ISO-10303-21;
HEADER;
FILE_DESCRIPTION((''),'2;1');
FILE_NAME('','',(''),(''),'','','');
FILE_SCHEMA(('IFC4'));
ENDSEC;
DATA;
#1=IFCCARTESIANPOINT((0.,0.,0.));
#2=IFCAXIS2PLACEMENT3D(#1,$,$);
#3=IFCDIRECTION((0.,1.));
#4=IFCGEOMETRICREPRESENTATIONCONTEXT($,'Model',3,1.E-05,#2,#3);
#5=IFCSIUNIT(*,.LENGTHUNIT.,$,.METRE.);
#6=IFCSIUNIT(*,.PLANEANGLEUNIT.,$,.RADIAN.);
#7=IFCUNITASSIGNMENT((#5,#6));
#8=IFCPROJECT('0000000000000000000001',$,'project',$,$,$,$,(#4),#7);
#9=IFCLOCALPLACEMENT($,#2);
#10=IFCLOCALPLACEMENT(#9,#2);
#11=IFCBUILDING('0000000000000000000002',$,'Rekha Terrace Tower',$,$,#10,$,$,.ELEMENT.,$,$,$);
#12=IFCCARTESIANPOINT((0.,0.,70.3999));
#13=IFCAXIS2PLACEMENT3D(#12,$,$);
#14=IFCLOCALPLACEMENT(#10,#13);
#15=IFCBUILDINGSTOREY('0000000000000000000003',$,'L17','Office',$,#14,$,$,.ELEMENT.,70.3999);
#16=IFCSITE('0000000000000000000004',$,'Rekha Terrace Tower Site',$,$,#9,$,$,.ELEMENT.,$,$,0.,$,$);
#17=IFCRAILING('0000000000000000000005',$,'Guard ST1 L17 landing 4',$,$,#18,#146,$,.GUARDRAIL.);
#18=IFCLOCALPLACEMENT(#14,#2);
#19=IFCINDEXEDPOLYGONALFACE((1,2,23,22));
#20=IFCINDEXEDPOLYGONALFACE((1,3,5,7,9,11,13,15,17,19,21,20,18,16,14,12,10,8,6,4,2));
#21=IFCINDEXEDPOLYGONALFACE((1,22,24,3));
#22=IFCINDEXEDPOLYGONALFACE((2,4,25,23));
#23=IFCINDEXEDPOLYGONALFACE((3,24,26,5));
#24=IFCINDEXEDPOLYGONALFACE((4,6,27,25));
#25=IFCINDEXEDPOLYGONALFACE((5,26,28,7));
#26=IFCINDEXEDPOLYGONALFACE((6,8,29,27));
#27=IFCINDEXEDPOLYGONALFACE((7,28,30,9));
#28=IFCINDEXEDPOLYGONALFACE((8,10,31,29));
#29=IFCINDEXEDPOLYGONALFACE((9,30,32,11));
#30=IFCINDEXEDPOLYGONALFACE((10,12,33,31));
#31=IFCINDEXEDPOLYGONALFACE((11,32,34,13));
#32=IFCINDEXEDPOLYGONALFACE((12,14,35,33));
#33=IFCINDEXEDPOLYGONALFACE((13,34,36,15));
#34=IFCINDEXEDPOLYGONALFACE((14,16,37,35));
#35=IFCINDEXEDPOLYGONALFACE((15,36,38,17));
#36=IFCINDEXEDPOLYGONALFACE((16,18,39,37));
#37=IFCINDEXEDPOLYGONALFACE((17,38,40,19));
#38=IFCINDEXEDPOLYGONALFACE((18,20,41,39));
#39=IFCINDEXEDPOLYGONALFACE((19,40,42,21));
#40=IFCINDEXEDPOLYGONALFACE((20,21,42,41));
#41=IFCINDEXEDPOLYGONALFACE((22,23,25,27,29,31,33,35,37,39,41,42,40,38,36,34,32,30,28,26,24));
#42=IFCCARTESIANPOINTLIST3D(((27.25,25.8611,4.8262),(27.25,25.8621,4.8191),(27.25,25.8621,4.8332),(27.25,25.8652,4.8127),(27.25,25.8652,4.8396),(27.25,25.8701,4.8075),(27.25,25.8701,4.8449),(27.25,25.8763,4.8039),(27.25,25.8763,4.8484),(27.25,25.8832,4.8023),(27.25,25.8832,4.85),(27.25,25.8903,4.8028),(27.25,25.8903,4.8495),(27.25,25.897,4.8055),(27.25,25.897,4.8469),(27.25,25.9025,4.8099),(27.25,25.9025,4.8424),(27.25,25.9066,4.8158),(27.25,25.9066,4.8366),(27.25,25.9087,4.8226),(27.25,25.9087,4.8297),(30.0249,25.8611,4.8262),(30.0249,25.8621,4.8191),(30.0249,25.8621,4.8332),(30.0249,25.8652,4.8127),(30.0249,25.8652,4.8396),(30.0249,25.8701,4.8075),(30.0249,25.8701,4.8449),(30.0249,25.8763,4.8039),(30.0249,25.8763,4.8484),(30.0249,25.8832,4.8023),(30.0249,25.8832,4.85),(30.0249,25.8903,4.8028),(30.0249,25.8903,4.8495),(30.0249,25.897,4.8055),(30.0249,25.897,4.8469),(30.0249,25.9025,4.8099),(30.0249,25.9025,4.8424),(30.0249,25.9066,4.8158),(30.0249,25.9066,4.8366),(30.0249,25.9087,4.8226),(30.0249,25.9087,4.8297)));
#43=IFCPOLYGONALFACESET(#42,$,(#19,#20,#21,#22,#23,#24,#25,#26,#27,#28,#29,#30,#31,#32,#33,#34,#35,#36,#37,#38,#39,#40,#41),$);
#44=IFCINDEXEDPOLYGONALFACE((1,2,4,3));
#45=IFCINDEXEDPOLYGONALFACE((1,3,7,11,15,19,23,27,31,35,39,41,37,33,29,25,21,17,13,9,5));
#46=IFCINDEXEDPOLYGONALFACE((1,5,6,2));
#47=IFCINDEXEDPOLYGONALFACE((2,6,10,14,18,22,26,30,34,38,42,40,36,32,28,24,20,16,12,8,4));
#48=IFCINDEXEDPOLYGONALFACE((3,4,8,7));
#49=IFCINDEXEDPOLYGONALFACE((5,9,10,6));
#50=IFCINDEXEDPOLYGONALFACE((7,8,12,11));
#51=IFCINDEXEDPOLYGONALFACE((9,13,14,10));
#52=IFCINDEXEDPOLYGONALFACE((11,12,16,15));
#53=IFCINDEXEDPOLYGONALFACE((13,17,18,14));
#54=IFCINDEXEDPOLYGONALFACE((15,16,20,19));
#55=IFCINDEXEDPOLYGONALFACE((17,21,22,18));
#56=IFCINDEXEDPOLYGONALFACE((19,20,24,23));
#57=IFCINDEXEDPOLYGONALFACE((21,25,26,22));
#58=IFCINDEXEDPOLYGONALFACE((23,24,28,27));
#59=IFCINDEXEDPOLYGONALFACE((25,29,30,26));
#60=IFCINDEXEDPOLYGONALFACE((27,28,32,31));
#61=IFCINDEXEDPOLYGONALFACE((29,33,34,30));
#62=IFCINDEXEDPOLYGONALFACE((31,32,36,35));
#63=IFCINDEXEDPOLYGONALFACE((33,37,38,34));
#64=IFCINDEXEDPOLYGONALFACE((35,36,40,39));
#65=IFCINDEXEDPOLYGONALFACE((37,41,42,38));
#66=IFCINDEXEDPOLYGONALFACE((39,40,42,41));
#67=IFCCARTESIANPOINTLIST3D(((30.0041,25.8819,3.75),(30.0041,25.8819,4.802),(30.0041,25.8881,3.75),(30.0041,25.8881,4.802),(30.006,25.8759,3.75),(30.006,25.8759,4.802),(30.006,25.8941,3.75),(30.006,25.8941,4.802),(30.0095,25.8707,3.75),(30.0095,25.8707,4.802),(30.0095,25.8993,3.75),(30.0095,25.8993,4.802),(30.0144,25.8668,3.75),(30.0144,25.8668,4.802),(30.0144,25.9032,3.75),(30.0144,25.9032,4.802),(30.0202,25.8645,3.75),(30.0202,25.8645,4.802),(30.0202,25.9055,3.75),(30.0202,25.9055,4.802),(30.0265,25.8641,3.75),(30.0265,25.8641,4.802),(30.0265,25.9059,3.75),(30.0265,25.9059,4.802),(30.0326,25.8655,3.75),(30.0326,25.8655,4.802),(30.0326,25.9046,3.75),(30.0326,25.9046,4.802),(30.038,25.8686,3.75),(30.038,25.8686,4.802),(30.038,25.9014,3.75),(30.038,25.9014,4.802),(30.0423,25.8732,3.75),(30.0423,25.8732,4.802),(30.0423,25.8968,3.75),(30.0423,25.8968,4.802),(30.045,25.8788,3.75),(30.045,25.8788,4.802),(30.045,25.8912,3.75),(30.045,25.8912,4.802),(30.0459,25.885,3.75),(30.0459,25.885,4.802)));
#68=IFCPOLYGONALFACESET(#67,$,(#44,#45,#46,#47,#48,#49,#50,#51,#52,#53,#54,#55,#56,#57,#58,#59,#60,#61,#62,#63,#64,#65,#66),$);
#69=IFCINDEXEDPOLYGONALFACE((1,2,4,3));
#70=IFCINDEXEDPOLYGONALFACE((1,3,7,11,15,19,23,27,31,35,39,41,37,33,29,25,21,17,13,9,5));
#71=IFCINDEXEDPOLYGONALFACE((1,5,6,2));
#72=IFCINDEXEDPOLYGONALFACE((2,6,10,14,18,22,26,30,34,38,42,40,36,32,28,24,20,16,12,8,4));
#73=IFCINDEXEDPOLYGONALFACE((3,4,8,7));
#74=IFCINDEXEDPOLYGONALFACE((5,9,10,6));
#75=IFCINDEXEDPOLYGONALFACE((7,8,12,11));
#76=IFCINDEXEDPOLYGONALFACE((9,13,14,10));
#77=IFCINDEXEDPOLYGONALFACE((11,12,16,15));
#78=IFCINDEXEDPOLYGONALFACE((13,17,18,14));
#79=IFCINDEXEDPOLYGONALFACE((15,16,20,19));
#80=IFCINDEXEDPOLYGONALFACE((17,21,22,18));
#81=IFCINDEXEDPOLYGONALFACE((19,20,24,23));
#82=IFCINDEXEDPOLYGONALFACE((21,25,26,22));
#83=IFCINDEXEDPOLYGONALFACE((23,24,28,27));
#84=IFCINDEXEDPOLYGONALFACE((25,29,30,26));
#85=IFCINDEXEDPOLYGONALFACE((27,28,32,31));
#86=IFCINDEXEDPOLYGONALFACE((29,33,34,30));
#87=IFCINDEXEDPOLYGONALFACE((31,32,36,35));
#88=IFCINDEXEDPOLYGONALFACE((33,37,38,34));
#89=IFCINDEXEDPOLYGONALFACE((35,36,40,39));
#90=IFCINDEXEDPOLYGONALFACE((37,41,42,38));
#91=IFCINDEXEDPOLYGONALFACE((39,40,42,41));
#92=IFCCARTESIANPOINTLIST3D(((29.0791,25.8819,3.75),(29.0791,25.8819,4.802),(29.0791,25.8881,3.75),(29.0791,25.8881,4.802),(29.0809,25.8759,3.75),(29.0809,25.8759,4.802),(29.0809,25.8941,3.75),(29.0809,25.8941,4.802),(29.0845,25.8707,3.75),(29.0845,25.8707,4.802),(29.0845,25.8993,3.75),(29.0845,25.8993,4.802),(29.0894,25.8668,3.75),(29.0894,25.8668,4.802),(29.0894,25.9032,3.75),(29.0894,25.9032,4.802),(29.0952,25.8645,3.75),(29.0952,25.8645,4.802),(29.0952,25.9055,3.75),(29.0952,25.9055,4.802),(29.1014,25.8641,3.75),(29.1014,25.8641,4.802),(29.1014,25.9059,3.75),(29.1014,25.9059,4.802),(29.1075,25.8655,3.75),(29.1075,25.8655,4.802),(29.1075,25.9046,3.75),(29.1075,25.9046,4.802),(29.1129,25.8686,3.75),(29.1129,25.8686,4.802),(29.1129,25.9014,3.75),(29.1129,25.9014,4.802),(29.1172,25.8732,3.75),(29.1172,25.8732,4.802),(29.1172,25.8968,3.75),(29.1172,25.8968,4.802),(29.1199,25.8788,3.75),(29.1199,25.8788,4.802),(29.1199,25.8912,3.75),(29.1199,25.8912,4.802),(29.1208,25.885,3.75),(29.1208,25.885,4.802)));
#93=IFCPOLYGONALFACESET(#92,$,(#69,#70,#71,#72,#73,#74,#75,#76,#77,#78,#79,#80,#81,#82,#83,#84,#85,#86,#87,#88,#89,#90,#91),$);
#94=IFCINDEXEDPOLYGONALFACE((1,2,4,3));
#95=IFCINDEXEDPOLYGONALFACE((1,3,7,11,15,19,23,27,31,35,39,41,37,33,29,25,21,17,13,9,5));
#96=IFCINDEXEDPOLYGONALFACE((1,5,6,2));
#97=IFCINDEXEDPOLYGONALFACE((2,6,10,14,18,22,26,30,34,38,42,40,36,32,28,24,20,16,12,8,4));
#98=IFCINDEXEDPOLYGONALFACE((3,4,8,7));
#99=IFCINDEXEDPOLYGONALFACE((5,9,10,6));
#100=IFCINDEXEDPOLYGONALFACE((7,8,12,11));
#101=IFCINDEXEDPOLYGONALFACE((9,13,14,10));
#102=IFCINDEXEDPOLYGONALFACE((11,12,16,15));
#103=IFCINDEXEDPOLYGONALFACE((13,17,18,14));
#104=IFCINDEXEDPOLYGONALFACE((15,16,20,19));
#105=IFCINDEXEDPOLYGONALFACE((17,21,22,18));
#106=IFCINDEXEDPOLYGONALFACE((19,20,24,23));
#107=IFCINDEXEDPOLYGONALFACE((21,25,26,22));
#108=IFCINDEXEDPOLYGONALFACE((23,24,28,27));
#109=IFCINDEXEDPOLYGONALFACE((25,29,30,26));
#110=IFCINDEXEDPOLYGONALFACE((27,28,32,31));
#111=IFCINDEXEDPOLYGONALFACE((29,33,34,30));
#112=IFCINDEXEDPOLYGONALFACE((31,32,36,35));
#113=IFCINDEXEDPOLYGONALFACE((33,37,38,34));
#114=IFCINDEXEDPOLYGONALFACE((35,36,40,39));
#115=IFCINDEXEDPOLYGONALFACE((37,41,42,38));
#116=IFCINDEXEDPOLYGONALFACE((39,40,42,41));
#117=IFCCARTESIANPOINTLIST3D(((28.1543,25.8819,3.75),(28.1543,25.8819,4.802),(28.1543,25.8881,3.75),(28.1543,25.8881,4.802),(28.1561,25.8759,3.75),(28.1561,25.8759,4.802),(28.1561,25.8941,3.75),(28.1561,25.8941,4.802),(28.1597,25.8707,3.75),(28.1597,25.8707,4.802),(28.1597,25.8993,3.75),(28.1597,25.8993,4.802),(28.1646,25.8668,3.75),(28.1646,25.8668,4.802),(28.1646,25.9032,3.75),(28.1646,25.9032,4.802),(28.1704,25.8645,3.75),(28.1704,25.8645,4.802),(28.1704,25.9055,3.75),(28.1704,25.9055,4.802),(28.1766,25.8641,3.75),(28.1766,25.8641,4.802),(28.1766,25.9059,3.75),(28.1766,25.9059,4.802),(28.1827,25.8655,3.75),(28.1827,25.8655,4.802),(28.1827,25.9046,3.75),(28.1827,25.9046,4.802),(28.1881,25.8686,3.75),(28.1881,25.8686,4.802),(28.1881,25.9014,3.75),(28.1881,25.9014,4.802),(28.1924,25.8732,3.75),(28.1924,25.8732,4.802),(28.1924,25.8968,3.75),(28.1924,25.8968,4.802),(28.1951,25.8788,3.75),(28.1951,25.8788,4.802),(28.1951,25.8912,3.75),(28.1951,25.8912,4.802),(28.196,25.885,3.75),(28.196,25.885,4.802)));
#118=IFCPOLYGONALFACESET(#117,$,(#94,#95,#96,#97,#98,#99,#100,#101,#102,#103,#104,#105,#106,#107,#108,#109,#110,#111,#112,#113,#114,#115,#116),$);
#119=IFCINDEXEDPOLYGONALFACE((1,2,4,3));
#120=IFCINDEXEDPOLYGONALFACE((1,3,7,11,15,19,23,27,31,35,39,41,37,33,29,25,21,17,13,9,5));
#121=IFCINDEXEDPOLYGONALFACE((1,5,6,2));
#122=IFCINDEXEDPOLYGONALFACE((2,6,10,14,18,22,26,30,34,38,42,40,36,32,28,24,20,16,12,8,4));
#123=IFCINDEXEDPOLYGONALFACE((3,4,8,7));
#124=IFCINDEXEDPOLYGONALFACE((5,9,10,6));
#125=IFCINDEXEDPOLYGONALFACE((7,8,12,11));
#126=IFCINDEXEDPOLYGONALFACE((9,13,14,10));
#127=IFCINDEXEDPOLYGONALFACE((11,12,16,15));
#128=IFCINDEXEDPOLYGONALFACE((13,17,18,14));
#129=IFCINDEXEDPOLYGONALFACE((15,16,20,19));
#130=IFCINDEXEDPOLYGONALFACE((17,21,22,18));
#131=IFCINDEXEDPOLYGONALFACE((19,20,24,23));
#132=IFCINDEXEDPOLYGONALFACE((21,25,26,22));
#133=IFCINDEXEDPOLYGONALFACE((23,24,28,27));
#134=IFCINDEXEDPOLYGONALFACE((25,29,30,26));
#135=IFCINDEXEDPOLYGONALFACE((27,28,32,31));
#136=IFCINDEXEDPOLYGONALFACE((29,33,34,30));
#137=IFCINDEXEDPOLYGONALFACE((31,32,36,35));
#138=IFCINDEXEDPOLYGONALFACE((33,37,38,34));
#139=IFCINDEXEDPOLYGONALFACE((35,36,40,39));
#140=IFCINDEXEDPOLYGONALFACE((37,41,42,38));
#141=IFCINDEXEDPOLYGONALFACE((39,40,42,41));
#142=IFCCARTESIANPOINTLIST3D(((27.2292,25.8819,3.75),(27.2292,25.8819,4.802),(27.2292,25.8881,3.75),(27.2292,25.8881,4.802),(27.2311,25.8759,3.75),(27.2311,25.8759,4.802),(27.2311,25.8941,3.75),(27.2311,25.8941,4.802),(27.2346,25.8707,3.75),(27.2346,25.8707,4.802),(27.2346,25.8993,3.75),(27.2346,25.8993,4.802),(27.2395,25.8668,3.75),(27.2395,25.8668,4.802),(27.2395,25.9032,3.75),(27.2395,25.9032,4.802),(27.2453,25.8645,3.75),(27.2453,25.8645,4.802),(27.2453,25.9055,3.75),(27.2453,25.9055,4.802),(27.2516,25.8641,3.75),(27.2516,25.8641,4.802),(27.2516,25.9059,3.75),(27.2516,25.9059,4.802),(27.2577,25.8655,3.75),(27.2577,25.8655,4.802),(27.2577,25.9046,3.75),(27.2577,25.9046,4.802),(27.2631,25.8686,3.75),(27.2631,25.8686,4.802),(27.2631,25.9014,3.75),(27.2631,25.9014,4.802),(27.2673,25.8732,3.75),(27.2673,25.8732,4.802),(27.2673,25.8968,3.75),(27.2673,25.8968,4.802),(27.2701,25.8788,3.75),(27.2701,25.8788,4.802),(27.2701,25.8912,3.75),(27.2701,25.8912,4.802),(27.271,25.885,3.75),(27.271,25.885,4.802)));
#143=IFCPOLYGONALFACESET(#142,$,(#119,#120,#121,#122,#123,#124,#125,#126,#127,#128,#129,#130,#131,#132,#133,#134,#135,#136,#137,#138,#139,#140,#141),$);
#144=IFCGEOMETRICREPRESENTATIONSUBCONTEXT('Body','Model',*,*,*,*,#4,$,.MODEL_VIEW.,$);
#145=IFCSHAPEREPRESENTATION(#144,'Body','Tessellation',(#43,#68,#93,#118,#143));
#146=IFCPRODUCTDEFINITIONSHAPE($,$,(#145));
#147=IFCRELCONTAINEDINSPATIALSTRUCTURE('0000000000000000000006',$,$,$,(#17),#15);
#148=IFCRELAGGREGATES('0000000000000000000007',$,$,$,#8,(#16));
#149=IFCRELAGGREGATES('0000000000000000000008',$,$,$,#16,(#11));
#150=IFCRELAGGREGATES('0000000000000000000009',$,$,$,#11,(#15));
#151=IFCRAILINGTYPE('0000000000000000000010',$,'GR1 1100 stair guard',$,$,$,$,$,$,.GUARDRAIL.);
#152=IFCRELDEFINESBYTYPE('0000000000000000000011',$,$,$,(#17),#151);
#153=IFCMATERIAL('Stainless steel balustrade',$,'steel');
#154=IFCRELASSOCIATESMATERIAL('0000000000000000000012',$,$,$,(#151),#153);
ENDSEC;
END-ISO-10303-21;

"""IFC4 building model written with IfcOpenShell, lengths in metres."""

from ifc_helpers import new_model, si_unit, direction, frame, origin, origin_2d, place, context, subcontext, project, spatial, circle, extrude, material, type_object, element, save


model = new_model("IFC4")

# Units and contexts
model_context = context("Model", 3, precision=1e-05, world=origin(), true_north=direction((0.0, 1.0)))
body_context = subcontext(model_context, "Body", "Model", "MODEL_VIEW")
ifc_project = project(units=[si_unit("LENGTHUNIT", "METRE"), si_unit("PLANEANGLEUNIT", "RADIAN")], contexts=[model_context])

# Site, building, storey
site_placement = place(None, origin())
site = spatial("IfcSite", under=ifc_project, at=site_placement, Name="Rekha Terrace Tower Site", CompositionType="ELEMENT", RefElevation=0.0)
building_placement = place(site_placement, origin())
building = spatial("IfcBuilding", under=site, at=building_placement, Name="Rekha Terrace Tower", CompositionType="ELEMENT")
storey_placement = place(building_placement, frame((0.0, 0.0, 70.3999)))
storey = spatial("IfcBuildingStorey", under=building, at=storey_placement, Name="L17", Description="Office", CompositionType="ELEMENT", Elevation=70.3999)

# Railing
ifc_material_1 = material(Name="Stainless steel balustrade", Category="steel")
railing_type_1 = type_object("IfcRailingType", Name="GR1 1100 stair guard", PredefinedType="GUARDRAIL", material=ifc_material_1)
railing_1_placement = place(storey_placement, frame((30.0249, 25.885, 3.75)))
element("IfcRailing", 1, at=railing_1_placement, inside=storey, type_object=railing_type_1, Name="Guard ST1 L17 landing 4", PredefinedType="GUARDRAIL", context=body_context, shape_type="SweptSolid", body=[
    extrude(circle(Radius=0.0239, at=origin_2d()), frame((0.0, 0.0, 1.0762), z_axis=(-1.0, 0.0, 0.0), x_axis=(0.0, -1.0, 0.0)), (0.0, 0.0, 1.0), 2.7749),
    extrude(circle(Radius=0.021, at=origin_2d()), origin(), (0.0, 0.0, 1.0), 1.052),
    extrude(circle(Radius=0.021, at=origin_2d()), frame((-0.925, 0.0, 0.0)), (0.0, 0.0, 1.0), 1.052),
    extrude(circle(Radius=0.021, at=origin_2d()), frame((-1.8499, 0.0, 0.0)), (0.0, 0.0, 1.0), 1.052),
    extrude(circle(Radius=0.021, at=origin_2d()), frame((-2.7749, 0.0, 0.0)), (0.0, 0.0, 1.0), 1.052),
])

save(model, "model.ifc")
